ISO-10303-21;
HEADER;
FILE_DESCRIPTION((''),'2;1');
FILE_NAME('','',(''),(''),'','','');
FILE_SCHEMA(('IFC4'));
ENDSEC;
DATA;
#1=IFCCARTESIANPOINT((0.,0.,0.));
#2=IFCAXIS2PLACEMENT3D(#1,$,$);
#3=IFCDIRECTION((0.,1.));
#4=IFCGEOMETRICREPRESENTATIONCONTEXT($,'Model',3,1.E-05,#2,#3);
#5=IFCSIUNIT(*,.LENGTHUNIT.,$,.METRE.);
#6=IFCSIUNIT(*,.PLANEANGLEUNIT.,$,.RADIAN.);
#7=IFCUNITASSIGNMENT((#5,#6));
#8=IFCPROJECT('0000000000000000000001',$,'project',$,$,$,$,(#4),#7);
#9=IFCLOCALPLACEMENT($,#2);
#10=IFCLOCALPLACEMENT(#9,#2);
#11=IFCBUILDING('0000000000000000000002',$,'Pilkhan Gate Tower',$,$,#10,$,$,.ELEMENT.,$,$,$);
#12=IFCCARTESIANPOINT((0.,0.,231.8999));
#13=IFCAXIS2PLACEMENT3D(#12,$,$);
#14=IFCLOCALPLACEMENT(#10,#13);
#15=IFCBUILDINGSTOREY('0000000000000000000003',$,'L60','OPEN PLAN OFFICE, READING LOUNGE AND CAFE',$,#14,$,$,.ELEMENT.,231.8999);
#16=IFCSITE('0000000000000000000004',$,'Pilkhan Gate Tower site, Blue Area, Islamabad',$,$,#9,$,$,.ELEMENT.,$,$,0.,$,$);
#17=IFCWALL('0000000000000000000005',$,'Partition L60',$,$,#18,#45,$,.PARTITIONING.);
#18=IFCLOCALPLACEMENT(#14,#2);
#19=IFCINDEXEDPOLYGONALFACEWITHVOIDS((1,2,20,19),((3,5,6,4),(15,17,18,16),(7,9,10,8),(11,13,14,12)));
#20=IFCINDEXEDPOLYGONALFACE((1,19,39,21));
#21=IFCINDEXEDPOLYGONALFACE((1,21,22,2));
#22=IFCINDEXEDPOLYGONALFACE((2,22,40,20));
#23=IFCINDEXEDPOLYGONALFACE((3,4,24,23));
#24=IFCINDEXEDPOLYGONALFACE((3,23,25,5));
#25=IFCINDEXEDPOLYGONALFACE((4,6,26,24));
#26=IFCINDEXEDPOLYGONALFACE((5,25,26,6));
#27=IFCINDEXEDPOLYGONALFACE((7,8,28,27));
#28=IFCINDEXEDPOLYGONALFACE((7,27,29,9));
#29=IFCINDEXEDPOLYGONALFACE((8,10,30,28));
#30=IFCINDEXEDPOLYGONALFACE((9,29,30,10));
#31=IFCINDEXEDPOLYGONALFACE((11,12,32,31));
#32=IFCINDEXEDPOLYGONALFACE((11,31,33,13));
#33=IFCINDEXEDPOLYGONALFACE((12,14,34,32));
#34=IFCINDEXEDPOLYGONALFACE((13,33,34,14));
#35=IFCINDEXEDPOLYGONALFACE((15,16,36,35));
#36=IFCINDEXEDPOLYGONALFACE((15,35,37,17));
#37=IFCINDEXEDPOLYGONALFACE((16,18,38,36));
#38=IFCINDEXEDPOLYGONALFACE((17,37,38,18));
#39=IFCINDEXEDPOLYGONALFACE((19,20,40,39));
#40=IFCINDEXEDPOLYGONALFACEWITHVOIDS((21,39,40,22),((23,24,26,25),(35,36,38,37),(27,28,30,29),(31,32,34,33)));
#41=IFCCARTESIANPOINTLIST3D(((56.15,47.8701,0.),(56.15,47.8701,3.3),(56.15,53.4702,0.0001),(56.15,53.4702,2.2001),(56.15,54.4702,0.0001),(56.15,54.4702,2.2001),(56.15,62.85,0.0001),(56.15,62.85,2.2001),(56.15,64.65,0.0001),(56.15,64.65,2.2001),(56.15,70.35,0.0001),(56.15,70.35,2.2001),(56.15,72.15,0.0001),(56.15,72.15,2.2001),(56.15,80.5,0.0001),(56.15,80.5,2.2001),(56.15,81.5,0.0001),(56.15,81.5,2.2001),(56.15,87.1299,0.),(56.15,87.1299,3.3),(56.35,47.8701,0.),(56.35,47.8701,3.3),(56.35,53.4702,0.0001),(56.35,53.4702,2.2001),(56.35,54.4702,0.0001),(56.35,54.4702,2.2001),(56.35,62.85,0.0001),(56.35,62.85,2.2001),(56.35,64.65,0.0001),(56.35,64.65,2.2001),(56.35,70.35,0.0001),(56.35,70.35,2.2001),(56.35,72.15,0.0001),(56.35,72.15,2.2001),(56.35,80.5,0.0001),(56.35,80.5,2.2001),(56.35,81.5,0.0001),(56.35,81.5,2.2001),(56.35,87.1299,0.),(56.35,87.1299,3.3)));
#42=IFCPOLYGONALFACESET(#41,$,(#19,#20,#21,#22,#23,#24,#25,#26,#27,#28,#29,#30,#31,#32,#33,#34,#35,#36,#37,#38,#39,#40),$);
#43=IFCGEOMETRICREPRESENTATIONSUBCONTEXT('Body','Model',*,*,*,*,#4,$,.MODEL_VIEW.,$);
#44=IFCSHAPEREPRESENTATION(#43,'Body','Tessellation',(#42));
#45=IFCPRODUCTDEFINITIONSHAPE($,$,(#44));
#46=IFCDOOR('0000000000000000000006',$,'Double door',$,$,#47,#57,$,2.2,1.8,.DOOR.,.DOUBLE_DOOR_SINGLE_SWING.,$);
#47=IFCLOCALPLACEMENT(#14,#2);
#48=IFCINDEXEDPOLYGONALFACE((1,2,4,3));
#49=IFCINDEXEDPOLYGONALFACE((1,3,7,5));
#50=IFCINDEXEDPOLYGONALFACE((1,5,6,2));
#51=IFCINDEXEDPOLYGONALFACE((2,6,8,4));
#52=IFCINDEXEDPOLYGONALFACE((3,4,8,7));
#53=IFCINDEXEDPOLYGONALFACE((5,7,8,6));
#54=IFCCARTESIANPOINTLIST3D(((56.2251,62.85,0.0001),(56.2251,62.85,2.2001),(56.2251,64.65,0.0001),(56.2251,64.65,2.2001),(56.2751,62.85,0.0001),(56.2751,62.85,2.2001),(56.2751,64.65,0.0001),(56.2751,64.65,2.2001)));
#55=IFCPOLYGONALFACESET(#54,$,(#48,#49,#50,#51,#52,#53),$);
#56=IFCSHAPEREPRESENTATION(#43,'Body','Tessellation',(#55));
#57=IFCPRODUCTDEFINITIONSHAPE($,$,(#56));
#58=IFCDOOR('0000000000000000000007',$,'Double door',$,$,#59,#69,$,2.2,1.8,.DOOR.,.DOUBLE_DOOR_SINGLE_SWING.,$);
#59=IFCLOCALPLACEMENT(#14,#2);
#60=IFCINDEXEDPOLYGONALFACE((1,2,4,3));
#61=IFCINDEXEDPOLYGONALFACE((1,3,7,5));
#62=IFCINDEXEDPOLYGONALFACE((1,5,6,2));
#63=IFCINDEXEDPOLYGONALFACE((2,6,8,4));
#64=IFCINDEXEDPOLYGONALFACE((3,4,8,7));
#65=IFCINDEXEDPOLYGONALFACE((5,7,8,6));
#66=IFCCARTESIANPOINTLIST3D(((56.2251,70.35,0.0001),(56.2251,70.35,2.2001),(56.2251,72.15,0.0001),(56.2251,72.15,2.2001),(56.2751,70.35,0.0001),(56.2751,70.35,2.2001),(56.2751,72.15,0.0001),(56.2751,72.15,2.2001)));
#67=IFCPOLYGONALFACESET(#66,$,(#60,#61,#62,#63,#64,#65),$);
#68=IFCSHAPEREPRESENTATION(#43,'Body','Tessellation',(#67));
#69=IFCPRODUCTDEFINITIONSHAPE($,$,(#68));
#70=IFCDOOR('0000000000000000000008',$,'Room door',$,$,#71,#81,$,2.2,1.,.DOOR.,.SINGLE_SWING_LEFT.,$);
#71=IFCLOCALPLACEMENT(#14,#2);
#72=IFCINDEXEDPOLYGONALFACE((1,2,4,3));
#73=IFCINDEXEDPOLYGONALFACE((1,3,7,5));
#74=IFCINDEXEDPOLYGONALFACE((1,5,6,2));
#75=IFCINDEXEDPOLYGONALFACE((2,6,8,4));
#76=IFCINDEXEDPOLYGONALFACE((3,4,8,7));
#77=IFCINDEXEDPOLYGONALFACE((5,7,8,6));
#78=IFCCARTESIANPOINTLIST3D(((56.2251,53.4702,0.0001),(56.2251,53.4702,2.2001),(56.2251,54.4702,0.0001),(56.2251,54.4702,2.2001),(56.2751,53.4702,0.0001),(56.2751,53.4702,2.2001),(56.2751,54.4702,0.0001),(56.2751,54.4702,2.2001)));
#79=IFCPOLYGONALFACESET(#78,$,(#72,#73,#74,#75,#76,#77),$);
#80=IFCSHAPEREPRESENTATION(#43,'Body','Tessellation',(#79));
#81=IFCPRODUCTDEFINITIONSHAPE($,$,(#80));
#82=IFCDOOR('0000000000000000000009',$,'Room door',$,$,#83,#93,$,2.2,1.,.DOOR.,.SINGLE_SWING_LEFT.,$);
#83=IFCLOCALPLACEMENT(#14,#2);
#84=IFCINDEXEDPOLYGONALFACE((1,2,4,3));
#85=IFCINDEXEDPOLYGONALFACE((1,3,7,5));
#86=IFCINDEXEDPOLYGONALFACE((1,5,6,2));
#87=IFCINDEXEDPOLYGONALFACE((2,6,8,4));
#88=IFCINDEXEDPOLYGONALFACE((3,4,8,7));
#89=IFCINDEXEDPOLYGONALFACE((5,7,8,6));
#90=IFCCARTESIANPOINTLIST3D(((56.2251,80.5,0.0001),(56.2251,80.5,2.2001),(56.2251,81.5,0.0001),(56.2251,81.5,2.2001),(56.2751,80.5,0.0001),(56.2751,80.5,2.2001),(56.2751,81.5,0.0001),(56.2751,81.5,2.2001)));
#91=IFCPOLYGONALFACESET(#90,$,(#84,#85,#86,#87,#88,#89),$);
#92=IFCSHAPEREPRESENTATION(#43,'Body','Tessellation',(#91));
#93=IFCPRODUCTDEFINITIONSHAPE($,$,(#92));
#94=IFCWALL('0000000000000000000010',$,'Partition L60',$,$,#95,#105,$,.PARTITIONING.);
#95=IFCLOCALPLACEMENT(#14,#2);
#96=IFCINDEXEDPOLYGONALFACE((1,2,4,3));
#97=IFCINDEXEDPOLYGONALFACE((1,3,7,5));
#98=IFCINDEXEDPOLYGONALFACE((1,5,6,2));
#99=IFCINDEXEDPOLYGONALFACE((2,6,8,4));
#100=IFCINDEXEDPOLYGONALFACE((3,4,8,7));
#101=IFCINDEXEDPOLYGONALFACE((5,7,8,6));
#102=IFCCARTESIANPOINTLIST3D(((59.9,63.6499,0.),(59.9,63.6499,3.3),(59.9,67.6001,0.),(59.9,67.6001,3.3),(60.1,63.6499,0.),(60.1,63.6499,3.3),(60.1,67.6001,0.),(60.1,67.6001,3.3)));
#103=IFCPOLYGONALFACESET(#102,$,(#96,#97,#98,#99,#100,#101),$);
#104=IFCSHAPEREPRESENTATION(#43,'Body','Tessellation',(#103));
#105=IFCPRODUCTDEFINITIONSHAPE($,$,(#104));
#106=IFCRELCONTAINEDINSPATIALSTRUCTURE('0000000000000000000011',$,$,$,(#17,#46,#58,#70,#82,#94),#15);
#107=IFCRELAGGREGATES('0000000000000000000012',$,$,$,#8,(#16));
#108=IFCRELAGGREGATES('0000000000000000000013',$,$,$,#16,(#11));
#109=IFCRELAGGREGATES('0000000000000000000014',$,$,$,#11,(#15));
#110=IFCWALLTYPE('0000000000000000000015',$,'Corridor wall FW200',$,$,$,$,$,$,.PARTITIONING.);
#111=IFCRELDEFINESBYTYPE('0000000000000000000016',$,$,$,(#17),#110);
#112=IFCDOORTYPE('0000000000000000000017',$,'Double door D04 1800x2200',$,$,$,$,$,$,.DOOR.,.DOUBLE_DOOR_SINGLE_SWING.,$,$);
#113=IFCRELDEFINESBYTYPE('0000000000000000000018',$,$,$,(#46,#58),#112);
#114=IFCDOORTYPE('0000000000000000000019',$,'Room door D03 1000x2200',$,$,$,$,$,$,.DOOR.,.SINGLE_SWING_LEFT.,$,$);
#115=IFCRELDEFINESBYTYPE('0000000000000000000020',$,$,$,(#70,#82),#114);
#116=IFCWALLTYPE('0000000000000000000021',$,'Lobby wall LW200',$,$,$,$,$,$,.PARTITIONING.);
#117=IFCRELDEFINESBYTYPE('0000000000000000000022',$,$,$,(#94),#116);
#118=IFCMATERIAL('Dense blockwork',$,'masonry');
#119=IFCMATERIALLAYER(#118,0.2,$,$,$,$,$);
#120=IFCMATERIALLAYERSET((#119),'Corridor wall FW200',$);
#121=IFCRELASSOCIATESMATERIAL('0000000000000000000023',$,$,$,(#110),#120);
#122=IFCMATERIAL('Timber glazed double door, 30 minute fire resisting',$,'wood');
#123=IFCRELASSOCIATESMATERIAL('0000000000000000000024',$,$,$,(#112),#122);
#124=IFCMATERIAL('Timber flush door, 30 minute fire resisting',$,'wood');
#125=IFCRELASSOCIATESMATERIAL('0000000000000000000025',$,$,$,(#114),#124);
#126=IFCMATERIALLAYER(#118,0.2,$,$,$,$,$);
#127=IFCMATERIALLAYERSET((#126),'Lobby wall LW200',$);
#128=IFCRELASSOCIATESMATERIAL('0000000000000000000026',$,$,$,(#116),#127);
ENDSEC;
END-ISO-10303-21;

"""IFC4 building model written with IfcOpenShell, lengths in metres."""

from ifc_helpers import new_model, si_unit, direction, frame, frame_2d, origin, place, context, subcontext, project, spatial, rectangle, extrude, material, layer, layer_set, type_object, element, fill, save


model = new_model("IFC4")

# Units and contexts
model_context = context("Model", 3, precision=1e-05, world=origin(), true_north=direction((0.0, 1.0)))
body_context = subcontext(model_context, "Body", "Model", "MODEL_VIEW")
ifc_project = project(units=[si_unit("LENGTHUNIT", "METRE"), si_unit("PLANEANGLEUNIT", "RADIAN")], contexts=[model_context])

# Site, building, storey
site_placement = place(None, origin())
site = spatial("IfcSite", under=ifc_project, at=site_placement, Name="Pilkhan Gate Tower site, Blue Area, Islamabad", CompositionType="ELEMENT", RefElevation=0.0)
building_placement = place(site_placement, origin())
building = spatial("IfcBuilding", under=site, at=building_placement, Name="Pilkhan Gate Tower", CompositionType="ELEMENT")
storey_placement = place(building_placement, frame((0.0, 0.0, 231.8999)))
storey = spatial("IfcBuildingStorey", under=building, at=storey_placement, Name="L60", Description="OPEN PLAN OFFICE, READING LOUNGE AND CAFE", CompositionType="ELEMENT", Elevation=231.8999)

# Shared definitions
ifc_material_1 = material(Name="Dense blockwork", Category="masonry")
ifc_layer_1 = layer(ifc_material_1, 0.2)
ifc_layer_set_1 = layer_set([ifc_layer_1], Name="Corridor wall FW200")
wall_type_1 = type_object("IfcWallType", Name="Corridor wall FW200", PredefinedType="PARTITIONING", material=ifc_layer_set_1)

# Wall, openings, doors
wall_1_placement = place(storey_placement, frame((56.25, 47.8701, 0.0), z_axis=(0.0, 0.0, 1.0), x_axis=(0.0, 1.0, 0.0)))
wall_1 = element("IfcWall", 1, at=wall_1_placement, inside=storey, type_object=wall_type_1, Name="Partition L60", PredefinedType="PARTITIONING", context=body_context, shape_type="SweptSolid", body=[
    extrude(rectangle(XDim=39.2598, YDim=0.2, at=frame_2d((19.6299, 0.0))), origin(), (0.0, 0.0, 1.0), 3.3),
])
opening_1_placement = place(wall_1_placement, frame((5.6001, 0.0, 0.0)))
opening_1 = element("IfcOpeningElement", 2, at=opening_1_placement, cuts=wall_1, PredefinedType="OPENING", context=body_context, shape_type="SweptSolid", body=[
    extrude(rectangle(XDim=1.0, YDim=2.2, at=frame_2d((0.5, 1.1001))), frame((0.0, 0.1099, 0.0), z_axis=(0.0, -1.0, 0.0), x_axis=(1.0, 0.0, 0.0)), (0.0, 0.0, 1.0), 0.22),
])
opening_2_placement = place(wall_1_placement, frame((14.98, 0.0, 0.0)))
opening_2 = element("IfcOpeningElement", 3, at=opening_2_placement, cuts=wall_1, PredefinedType="OPENING", context=body_context, shape_type="SweptSolid", body=[
    extrude(rectangle(XDim=1.8, YDim=2.2, at=frame_2d((0.8999, 1.1001))), frame((0.0, 0.1099, 0.0), z_axis=(0.0, -1.0, 0.0), x_axis=(1.0, 0.0, 0.0)), (0.0, 0.0, 1.0), 0.22),
])
opening_3_placement = place(wall_1_placement, frame((22.48, 0.0, 0.0)))
opening_3 = element("IfcOpeningElement", 4, at=opening_3_placement, cuts=wall_1, PredefinedType="OPENING", context=body_context, shape_type="SweptSolid", body=[
    extrude(rectangle(XDim=1.8, YDim=2.2, at=frame_2d((0.8999, 1.1001))), frame((0.0, 0.1099, 0.0), z_axis=(0.0, -1.0, 0.0), x_axis=(1.0, 0.0, 0.0)), (0.0, 0.0, 1.0), 0.22),
])
opening_4_placement = place(wall_1_placement, frame((32.6299, 0.0, 0.0)))
opening_4 = element("IfcOpeningElement", 5, at=opening_4_placement, cuts=wall_1, PredefinedType="OPENING", context=body_context, shape_type="SweptSolid", body=[
    extrude(rectangle(XDim=1.0, YDim=2.2, at=frame_2d((0.5, 1.1001))), frame((0.0, 0.1099, 0.0), z_axis=(0.0, -1.0, 0.0), x_axis=(1.0, 0.0, 0.0)), (0.0, 0.0, 1.0), 0.22),
])
ifc_material_2 = material(Name="Timber glazed double door, 30 minute fire resisting", Category="wood")
door_type_1 = type_object("IfcDoorType", Name="Double door D04 1800x2200", OperationType="DOUBLE_DOOR_SINGLE_SWING", PredefinedType="DOOR", material=ifc_material_2)
door_1_placement = place(opening_2_placement, origin())
door_1 = element("IfcDoor", 6, at=door_1_placement, inside=storey, type_object=door_type_1, Name="Double door", OperationType="DOUBLE_DOOR_SINGLE_SWING", OverallHeight=2.2, OverallWidth=1.8, PredefinedType="DOOR", context=body_context, shape_type="SweptSolid", body=[
    extrude(rectangle(XDim=1.8, YDim=2.2, at=frame_2d((0.8999, 1.1001))), frame((0.0, 0.0249, 0.0), z_axis=(0.0, -1.0, 0.0), x_axis=(1.0, 0.0, 0.0)), (0.0, 0.0, 1.0), 0.05),
])
fill(opening_2, door_1)
door_2_placement = place(opening_3_placement, origin())
door_2 = element("IfcDoor", 7, at=door_2_placement, inside=storey, type_object=door_type_1, Name="Double door", OperationType="DOUBLE_DOOR_SINGLE_SWING", OverallHeight=2.2, OverallWidth=1.8, PredefinedType="DOOR", context=body_context, shape_type="SweptSolid", body=[
    extrude(rectangle(XDim=1.8, YDim=2.2, at=frame_2d((0.8999, 1.1001))), frame((0.0, 0.0249, 0.0), z_axis=(0.0, -1.0, 0.0), x_axis=(1.0, 0.0, 0.0)), (0.0, 0.0, 1.0), 0.05),
])
fill(opening_3, door_2)
ifc_material_3 = material(Name="Timber flush door, 30 minute fire resisting", Category="wood")
door_type_2 = type_object("IfcDoorType", Name="Room door D03 1000x2200", OperationType="SINGLE_SWING_LEFT", PredefinedType="DOOR", material=ifc_material_3)
door_3_placement = place(opening_1_placement, origin())
door_3 = element("IfcDoor", 8, at=door_3_placement, inside=storey, type_object=door_type_2, Name="Room door", OperationType="SINGLE_SWING_LEFT", OverallHeight=2.2, OverallWidth=1.0, PredefinedType="DOOR", context=body_context, shape_type="SweptSolid", body=[
    extrude(rectangle(XDim=1.0, YDim=2.2, at=frame_2d((0.5, 1.1001))), frame((0.0, 0.0249, 0.0), z_axis=(0.0, -1.0, 0.0), x_axis=(1.0, 0.0, 0.0)), (0.0, 0.0, 1.0), 0.05),
])
fill(opening_1, door_3)
door_4_placement = place(opening_4_placement, origin())
door_4 = element("IfcDoor", 9, at=door_4_placement, inside=storey, type_object=door_type_2, Name="Room door", OperationType="SINGLE_SWING_LEFT", OverallHeight=2.2, OverallWidth=1.0, PredefinedType="DOOR", context=body_context, shape_type="SweptSolid", body=[
    extrude(rectangle(XDim=1.0, YDim=2.2, at=frame_2d((0.5, 1.1001))), frame((0.0, 0.0249, 0.0), z_axis=(0.0, -1.0, 0.0), x_axis=(1.0, 0.0, 0.0)), (0.0, 0.0, 1.0), 0.05),
])
fill(opening_4, door_4)

# Wall
ifc_layer_2 = layer(ifc_material_1, 0.2)
ifc_layer_set_2 = layer_set([ifc_layer_2], Name="Lobby wall LW200")
wall_type_2 = type_object("IfcWallType", Name="Lobby wall LW200", PredefinedType="PARTITIONING", material=ifc_layer_set_2)
wall_2_placement = place(storey_placement, frame((60.0, 63.6499, 0.0), z_axis=(0.0, 0.0, 1.0), x_axis=(0.0, 1.0, 0.0)))
element("IfcWall", 10, at=wall_2_placement, inside=storey, type_object=wall_type_2, Name="Partition L60", PredefinedType="PARTITIONING", context=body_context, shape_type="SweptSolid", body=[
    extrude(rectangle(XDim=3.9502, YDim=0.2, at=frame_2d((1.9751, 0.0))), origin(), (0.0, 0.0, 1.0), 3.3),
])

save(model, "model.ifc")
